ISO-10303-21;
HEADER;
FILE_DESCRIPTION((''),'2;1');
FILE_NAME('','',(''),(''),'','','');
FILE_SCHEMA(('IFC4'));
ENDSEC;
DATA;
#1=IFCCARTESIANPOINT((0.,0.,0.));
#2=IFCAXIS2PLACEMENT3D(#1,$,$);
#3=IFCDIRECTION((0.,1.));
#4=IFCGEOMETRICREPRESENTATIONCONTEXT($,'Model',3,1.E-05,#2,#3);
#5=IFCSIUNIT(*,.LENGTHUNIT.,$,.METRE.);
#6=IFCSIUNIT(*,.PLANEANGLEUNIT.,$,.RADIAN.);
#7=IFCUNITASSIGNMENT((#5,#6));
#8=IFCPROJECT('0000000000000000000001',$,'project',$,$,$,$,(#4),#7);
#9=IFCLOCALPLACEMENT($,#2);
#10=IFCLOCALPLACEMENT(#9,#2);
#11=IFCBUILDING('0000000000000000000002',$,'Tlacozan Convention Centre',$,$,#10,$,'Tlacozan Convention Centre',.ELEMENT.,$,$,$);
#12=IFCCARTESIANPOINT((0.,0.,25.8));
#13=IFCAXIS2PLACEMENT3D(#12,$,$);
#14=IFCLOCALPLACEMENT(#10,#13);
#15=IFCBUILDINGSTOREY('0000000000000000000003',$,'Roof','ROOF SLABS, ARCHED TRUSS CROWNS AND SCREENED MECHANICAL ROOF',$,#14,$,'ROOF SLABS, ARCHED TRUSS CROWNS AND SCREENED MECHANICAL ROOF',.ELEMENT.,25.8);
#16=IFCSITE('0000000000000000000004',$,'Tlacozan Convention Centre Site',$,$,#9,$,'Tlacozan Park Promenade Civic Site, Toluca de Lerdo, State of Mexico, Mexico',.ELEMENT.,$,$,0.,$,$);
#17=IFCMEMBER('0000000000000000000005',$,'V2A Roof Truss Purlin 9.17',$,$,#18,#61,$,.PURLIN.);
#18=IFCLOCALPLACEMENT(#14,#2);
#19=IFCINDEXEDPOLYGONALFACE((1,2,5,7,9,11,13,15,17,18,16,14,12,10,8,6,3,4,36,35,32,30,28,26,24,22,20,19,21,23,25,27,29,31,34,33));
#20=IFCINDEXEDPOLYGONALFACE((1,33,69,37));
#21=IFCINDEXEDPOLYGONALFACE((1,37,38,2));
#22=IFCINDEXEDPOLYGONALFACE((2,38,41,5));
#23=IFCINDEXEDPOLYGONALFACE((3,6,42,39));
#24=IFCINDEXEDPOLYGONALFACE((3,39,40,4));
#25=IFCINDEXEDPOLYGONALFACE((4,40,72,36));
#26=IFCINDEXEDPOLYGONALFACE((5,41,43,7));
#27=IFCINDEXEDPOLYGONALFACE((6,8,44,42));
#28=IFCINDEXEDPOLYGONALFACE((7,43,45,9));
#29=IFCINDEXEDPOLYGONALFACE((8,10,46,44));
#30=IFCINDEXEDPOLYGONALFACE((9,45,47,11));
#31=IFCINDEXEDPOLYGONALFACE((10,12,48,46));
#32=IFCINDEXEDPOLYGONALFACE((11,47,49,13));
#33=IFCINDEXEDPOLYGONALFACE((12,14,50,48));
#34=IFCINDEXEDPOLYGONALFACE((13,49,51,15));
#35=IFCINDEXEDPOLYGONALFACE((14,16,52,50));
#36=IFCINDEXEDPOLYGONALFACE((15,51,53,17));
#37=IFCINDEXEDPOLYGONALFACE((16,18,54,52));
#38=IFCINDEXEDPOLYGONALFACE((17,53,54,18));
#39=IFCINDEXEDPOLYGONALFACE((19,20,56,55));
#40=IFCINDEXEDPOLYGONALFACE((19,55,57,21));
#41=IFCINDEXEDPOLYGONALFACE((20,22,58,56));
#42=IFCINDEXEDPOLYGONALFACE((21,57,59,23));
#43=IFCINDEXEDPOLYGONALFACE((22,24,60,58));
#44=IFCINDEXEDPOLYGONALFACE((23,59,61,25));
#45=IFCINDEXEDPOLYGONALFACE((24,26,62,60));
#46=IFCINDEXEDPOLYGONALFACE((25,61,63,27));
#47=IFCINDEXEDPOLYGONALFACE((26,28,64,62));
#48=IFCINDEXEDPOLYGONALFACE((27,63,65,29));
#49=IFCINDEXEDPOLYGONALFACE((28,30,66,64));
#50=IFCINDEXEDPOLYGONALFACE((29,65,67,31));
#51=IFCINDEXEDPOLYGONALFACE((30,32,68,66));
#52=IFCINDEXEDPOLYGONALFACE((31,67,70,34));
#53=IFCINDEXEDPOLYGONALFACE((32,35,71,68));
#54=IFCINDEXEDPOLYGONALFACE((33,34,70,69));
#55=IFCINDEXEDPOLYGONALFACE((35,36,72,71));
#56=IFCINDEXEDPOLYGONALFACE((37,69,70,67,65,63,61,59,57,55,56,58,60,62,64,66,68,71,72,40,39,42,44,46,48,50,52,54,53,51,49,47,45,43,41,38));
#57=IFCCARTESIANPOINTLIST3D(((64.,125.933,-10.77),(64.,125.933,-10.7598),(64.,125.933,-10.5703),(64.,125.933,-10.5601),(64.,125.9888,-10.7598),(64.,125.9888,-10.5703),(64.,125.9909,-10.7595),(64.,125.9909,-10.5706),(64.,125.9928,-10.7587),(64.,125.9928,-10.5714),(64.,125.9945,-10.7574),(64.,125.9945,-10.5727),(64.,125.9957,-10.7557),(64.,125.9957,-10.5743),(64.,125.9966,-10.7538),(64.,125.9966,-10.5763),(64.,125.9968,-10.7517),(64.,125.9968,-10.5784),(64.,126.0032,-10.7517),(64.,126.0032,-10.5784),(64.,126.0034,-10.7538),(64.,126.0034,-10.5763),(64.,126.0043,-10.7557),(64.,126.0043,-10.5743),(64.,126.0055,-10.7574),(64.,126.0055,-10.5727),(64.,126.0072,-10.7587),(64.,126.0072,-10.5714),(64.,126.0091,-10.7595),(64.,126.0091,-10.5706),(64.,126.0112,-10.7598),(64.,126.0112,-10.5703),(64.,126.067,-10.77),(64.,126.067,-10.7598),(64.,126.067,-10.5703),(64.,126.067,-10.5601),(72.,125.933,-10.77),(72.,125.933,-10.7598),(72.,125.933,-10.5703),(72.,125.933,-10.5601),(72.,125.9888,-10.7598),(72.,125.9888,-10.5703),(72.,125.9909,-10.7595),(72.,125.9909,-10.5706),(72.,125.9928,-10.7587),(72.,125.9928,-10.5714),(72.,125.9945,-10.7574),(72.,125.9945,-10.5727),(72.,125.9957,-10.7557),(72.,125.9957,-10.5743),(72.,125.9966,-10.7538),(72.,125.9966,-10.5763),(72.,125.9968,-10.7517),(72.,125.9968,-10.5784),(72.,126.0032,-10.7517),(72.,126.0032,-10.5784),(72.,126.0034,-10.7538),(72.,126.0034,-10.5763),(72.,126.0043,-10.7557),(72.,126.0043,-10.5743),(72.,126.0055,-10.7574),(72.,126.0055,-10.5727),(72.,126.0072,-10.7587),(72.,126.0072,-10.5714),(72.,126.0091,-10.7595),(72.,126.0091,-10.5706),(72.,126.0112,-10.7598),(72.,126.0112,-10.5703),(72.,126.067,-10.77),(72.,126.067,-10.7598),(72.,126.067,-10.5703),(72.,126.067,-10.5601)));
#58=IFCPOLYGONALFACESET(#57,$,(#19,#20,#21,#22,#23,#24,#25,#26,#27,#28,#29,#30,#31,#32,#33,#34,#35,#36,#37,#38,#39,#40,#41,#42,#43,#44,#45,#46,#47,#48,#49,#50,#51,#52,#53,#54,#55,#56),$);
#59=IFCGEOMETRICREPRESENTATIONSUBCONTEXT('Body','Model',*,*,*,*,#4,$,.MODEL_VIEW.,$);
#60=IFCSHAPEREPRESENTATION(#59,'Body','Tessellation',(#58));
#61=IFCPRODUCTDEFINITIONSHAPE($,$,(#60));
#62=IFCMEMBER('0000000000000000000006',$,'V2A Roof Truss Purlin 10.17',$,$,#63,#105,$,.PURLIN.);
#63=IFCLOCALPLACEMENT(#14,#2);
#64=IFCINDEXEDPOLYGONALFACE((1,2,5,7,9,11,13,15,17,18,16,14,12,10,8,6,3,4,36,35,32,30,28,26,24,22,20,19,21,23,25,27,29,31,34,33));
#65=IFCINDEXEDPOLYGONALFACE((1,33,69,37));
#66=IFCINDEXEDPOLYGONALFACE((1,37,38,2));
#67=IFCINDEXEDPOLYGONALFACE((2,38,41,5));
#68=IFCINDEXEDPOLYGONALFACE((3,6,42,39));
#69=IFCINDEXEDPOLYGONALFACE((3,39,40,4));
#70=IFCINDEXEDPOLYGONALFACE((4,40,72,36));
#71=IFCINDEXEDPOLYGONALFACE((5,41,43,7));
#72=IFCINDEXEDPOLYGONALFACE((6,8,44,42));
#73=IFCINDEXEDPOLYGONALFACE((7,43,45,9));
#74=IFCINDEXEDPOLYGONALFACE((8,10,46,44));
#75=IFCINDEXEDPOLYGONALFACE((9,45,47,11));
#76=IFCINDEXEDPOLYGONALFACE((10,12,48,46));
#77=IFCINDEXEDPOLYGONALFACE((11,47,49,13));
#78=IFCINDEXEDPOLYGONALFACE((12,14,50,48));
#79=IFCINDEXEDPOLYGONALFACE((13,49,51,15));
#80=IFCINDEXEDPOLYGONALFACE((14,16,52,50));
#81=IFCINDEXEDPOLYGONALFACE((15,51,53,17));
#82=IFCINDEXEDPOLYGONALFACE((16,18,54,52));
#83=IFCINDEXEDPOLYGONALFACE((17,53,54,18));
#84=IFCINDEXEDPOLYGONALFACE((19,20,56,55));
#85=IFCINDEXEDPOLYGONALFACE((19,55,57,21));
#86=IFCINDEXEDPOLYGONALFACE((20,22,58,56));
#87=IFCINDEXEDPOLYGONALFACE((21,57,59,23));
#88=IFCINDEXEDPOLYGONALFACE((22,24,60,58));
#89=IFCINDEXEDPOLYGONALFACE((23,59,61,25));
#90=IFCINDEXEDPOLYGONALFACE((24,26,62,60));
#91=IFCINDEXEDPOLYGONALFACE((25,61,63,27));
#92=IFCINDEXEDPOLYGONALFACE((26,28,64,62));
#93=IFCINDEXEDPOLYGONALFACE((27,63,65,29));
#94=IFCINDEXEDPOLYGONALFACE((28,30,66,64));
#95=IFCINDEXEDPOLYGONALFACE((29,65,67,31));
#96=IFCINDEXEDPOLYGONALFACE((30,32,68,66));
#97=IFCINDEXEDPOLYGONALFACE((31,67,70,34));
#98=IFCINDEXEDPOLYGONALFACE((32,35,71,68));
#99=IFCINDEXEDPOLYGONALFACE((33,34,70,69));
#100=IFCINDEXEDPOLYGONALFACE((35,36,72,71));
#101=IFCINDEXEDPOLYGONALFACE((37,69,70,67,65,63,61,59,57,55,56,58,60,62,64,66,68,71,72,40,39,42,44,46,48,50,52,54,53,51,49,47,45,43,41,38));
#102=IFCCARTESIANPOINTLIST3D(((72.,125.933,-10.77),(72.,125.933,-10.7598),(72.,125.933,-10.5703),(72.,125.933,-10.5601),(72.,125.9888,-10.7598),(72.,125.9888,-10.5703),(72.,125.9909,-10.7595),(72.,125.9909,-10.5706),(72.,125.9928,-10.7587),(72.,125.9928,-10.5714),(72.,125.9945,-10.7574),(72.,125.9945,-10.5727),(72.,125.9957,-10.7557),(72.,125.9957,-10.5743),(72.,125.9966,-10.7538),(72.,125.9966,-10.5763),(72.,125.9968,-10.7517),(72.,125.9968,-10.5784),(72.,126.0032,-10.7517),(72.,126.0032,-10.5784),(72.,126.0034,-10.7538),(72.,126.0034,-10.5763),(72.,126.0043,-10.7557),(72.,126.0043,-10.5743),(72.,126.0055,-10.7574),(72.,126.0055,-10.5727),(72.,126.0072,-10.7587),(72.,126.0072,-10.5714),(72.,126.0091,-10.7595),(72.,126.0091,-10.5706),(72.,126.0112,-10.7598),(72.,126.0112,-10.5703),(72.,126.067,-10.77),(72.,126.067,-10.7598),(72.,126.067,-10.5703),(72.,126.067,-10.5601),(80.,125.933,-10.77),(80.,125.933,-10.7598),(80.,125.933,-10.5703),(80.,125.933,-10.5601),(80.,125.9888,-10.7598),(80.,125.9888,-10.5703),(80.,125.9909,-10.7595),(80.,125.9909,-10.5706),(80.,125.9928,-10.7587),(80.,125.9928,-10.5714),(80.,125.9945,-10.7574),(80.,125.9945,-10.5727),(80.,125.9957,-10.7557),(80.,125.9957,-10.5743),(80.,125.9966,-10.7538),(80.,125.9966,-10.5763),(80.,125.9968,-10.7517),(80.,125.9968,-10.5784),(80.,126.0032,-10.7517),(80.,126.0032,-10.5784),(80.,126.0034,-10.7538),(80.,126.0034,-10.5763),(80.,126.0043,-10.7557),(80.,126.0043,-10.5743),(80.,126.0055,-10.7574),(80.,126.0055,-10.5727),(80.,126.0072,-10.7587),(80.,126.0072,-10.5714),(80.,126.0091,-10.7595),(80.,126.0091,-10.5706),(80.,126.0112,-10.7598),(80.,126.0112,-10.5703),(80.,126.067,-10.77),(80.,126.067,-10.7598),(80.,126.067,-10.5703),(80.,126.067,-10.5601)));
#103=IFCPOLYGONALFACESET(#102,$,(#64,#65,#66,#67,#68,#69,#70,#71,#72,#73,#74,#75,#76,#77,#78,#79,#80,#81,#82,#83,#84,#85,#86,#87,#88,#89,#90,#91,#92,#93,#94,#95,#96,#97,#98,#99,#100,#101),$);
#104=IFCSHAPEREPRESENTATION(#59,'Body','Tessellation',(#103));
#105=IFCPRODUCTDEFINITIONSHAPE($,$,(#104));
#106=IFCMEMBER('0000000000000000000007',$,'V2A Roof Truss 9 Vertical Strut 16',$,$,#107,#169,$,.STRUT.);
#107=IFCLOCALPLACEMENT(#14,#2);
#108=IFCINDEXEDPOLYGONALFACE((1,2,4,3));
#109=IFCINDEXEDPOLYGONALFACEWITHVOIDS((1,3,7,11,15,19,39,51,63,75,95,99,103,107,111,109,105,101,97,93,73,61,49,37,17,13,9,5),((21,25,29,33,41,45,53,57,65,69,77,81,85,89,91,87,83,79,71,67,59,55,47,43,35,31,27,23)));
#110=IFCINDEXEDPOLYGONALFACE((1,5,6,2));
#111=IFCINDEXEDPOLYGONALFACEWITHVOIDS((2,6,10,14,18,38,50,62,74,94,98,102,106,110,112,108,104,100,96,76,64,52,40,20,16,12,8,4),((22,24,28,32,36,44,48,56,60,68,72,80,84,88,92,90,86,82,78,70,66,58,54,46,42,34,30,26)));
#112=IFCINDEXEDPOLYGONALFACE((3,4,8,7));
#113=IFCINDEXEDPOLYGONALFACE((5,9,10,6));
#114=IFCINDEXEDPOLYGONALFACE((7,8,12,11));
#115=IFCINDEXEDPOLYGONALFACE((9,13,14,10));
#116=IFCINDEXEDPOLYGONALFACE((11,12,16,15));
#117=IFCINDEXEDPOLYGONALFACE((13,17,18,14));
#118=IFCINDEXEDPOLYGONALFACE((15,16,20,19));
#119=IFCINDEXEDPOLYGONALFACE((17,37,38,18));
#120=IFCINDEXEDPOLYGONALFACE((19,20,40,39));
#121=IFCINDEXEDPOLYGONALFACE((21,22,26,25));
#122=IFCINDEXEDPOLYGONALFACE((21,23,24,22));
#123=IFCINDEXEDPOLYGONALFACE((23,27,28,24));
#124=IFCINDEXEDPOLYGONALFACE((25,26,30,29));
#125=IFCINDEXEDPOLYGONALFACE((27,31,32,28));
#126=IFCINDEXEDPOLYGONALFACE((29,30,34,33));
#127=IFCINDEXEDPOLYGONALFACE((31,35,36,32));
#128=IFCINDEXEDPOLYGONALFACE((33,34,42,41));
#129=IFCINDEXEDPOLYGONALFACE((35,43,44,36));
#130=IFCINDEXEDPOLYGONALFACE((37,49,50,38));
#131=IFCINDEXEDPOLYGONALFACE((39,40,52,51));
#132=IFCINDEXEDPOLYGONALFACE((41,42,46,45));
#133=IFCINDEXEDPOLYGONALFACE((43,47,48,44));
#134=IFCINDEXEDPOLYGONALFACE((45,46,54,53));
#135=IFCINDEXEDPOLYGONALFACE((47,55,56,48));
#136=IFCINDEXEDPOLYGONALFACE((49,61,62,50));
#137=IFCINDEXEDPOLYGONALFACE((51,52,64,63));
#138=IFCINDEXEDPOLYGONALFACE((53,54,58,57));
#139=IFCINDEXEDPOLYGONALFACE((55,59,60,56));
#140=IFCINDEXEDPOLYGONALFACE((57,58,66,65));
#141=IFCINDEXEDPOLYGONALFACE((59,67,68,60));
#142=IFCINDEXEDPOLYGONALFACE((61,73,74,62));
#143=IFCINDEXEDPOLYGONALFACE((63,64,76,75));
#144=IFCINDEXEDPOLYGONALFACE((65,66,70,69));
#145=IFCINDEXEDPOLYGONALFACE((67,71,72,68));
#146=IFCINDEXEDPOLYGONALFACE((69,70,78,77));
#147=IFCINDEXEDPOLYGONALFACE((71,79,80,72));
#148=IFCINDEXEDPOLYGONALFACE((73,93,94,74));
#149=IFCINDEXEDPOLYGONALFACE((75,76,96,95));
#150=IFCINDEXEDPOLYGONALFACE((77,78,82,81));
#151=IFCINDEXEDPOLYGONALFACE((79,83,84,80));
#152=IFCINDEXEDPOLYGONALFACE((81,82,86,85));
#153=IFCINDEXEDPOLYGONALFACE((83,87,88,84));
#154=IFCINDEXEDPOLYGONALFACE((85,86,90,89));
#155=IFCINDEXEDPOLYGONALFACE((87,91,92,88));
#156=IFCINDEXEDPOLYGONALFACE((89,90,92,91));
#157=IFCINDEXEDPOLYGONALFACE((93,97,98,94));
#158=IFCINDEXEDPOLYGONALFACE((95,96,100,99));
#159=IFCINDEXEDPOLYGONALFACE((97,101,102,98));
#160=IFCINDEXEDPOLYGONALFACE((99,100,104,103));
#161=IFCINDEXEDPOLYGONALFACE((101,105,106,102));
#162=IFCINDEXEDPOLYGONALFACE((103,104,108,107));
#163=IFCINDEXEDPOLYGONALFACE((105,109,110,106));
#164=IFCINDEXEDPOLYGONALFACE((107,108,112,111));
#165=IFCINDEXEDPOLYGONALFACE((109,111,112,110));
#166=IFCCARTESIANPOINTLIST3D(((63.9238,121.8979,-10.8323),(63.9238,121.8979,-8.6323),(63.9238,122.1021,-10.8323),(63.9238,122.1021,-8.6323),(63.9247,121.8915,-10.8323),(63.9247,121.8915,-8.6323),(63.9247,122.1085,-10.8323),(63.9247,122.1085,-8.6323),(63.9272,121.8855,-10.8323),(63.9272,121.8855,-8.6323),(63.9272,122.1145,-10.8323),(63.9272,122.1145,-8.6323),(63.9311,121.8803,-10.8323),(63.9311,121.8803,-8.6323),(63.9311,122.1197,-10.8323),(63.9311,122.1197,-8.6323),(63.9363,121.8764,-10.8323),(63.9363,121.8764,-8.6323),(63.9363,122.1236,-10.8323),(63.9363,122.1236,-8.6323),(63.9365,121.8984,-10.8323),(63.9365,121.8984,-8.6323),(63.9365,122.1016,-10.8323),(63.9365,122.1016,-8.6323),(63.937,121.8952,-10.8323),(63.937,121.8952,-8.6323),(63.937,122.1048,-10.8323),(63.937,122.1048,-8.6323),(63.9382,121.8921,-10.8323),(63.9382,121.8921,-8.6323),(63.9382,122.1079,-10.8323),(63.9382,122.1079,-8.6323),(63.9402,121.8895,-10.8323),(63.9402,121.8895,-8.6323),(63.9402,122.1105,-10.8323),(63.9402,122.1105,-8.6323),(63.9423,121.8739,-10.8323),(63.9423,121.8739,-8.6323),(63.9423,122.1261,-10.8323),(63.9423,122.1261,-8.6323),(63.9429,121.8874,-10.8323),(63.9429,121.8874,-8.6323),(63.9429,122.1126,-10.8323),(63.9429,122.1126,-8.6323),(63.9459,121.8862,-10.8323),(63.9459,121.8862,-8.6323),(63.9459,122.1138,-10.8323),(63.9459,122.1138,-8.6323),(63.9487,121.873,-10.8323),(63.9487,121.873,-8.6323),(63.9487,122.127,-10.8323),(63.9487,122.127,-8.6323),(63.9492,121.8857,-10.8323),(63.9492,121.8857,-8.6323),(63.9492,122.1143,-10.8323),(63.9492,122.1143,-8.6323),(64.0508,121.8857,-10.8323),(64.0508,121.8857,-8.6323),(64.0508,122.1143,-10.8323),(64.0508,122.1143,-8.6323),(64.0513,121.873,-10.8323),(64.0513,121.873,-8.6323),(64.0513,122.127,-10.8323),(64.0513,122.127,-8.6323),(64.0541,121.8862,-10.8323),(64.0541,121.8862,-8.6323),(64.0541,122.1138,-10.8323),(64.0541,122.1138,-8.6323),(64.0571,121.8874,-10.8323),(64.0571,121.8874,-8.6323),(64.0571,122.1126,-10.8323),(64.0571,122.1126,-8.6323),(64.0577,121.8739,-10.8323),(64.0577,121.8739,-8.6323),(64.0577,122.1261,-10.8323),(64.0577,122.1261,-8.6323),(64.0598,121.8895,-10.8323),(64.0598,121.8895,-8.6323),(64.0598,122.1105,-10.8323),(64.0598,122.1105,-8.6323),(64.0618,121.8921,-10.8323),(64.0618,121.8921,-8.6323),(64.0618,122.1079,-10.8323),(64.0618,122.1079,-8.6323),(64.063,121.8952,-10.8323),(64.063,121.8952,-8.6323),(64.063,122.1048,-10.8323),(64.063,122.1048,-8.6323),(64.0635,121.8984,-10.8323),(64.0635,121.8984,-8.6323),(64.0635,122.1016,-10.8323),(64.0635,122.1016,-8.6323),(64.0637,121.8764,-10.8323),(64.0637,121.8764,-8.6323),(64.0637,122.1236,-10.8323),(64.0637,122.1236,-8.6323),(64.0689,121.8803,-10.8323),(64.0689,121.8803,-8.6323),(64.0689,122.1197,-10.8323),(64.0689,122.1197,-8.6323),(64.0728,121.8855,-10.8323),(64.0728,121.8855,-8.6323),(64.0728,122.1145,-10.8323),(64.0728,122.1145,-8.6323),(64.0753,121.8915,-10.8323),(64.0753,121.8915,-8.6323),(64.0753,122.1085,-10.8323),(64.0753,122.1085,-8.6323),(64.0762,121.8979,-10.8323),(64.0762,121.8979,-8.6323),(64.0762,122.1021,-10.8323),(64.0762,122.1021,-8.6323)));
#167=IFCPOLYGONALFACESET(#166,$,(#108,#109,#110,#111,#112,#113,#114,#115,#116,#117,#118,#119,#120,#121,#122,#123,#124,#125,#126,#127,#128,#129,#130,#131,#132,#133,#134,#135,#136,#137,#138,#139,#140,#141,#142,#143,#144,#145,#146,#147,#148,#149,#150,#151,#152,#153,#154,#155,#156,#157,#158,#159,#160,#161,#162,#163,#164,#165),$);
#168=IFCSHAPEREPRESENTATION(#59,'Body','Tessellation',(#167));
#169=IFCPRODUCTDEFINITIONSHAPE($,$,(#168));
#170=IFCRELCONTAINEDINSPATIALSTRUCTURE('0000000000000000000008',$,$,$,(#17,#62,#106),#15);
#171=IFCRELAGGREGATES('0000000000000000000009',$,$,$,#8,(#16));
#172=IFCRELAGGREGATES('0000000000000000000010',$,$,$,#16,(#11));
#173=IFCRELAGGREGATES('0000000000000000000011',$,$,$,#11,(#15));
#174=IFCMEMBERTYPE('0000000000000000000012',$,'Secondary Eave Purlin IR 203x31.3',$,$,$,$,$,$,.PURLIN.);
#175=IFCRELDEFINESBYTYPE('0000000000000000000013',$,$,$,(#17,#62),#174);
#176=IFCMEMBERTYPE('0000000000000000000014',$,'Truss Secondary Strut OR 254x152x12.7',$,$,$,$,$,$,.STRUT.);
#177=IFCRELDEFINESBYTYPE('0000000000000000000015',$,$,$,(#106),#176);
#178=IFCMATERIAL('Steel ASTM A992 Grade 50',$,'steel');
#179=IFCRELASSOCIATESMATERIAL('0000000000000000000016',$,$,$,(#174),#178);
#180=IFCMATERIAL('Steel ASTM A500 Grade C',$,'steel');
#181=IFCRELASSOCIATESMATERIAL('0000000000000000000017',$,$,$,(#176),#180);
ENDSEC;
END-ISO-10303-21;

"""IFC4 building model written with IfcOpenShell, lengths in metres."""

from ifc_helpers import new_model, si_unit, direction, frame, origin, origin_2d, place, context, subcontext, project, spatial, hollow_rectangle, i_section, extrude, material, material_profile, profile_set, type_object, element, save


model = new_model("IFC4")

# Units and contexts
model_context = context("Model", 3, precision=1e-05, world=origin(), true_north=direction((0.0, 1.0)))
body_context = subcontext(model_context, "Body", "Model", "MODEL_VIEW")
ifc_project = project(units=[si_unit("LENGTHUNIT", "METRE"), si_unit("PLANEANGLEUNIT", "RADIAN")], contexts=[model_context])

# Site, building, storey
site_placement = place(None, origin())
site = spatial("IfcSite", under=ifc_project, at=site_placement, Name="Tlacozan Convention Centre Site", LongName="Tlacozan Park Promenade Civic Site, Toluca de Lerdo, State of Mexico, Mexico", CompositionType="ELEMENT", RefElevation=0.0)
building_placement = place(site_placement, origin())
building = spatial("IfcBuilding", under=site, at=building_placement, Name="Tlacozan Convention Centre", LongName="Tlacozan Convention Centre", CompositionType="ELEMENT")
storey_placement = place(building_placement, frame((0.0, 0.0, 25.8)))
storey = spatial("IfcBuildingStorey", under=building, at=storey_placement, Name="Roof", Description="ROOF SLABS, ARCHED TRUSS CROWNS AND SCREENED MECHANICAL ROOF", LongName="ROOF SLABS, ARCHED TRUSS CROWNS AND SCREENED MECHANICAL ROOF", CompositionType="ELEMENT", Elevation=25.8)

# Members
ifc_material_1 = material(Name="Steel ASTM A500 Grade C", Category="steel")
ifc_material_2 = material(Name="Steel ASTM A992 Grade 50", Category="steel")
ifc_material_profile_1 = material_profile(ifc_material_2, i_section(OverallWidth=0.134, OverallDepth=0.21, WebThickness=0.0063, FlangeThickness=0.0103, FilletRadius=0.0081, at=origin_2d()), Name="IR 203x31.3")
ifc_profile_set_1 = profile_set([ifc_material_profile_1], Name="Steel ASTM A992 Grade 50")
member_type_1 = type_object("IfcMemberType", Name="Secondary Eave Purlin IR 203x31.3", PredefinedType="PURLIN", material=ifc_profile_set_1)
for number, where, z_axis, x_axis, name in (
    (1, (64.0, 126.0, -10.665), (1.0, 0.0, 0.0), (0.0, 1.0, 0.0), "V2A Roof Truss Purlin 9.17"),
    (2, (72.0, 126.0, -10.665), (1.0, 0.0, 0.0), (0.0, 1.0, 0.0), "V2A Roof Truss Purlin 10.17"),
):
    element("IfcMember", number, at=place(storey_placement, frame(where, z_axis=z_axis, x_axis=x_axis)), inside=storey, type_object=member_type_1, Name=name, PredefinedType="PURLIN", context=body_context, shape_type="SweptSolid", body=[
        extrude(i_section(OverallWidth=0.134, OverallDepth=0.21, WebThickness=0.0063, FlangeThickness=0.0103, FilletRadius=0.0081, at=origin_2d()), origin(), (0.0, 0.0, 1.0), 8.0),
    ])
ifc_material_profile_2 = material_profile(ifc_material_1, hollow_rectangle(XDim=0.1523, YDim=0.2539, WallThickness=0.0127, InnerFilletRadius=0.0127, OuterFilletRadius=0.0249, at=origin_2d()), Name="OR 254x152x12.7")
ifc_profile_set_2 = profile_set([ifc_material_profile_2], Name="Steel ASTM A500 Grade C")
member_type_2 = type_object("IfcMemberType", Name="Truss Secondary Strut OR 254x152x12.7", PredefinedType="STRUT", material=ifc_profile_set_2)
for number, where, z_axis, x_axis, name in (
    (3, (64.0, 122.0, -10.8323), (0.0, 0.0, 1.0), (1.0, 0.0, 0.0), "V2A Roof Truss 9 Vertical Strut 16"),
):
    element("IfcMember", number, at=place(storey_placement, frame(where, z_axis=z_axis, x_axis=x_axis)), inside=storey, type_object=member_type_2, Name=name, PredefinedType="STRUT", context=body_context, shape_type="SweptSolid", body=[
        extrude(hollow_rectangle(XDim=0.1523, YDim=0.2539, WallThickness=0.0127, InnerFilletRadius=0.0127, OuterFilletRadius=0.0249, at=origin_2d()), origin(), (0.0, 0.0, 1.0), 2.2),
    ])

save(model, "model.ifc")
